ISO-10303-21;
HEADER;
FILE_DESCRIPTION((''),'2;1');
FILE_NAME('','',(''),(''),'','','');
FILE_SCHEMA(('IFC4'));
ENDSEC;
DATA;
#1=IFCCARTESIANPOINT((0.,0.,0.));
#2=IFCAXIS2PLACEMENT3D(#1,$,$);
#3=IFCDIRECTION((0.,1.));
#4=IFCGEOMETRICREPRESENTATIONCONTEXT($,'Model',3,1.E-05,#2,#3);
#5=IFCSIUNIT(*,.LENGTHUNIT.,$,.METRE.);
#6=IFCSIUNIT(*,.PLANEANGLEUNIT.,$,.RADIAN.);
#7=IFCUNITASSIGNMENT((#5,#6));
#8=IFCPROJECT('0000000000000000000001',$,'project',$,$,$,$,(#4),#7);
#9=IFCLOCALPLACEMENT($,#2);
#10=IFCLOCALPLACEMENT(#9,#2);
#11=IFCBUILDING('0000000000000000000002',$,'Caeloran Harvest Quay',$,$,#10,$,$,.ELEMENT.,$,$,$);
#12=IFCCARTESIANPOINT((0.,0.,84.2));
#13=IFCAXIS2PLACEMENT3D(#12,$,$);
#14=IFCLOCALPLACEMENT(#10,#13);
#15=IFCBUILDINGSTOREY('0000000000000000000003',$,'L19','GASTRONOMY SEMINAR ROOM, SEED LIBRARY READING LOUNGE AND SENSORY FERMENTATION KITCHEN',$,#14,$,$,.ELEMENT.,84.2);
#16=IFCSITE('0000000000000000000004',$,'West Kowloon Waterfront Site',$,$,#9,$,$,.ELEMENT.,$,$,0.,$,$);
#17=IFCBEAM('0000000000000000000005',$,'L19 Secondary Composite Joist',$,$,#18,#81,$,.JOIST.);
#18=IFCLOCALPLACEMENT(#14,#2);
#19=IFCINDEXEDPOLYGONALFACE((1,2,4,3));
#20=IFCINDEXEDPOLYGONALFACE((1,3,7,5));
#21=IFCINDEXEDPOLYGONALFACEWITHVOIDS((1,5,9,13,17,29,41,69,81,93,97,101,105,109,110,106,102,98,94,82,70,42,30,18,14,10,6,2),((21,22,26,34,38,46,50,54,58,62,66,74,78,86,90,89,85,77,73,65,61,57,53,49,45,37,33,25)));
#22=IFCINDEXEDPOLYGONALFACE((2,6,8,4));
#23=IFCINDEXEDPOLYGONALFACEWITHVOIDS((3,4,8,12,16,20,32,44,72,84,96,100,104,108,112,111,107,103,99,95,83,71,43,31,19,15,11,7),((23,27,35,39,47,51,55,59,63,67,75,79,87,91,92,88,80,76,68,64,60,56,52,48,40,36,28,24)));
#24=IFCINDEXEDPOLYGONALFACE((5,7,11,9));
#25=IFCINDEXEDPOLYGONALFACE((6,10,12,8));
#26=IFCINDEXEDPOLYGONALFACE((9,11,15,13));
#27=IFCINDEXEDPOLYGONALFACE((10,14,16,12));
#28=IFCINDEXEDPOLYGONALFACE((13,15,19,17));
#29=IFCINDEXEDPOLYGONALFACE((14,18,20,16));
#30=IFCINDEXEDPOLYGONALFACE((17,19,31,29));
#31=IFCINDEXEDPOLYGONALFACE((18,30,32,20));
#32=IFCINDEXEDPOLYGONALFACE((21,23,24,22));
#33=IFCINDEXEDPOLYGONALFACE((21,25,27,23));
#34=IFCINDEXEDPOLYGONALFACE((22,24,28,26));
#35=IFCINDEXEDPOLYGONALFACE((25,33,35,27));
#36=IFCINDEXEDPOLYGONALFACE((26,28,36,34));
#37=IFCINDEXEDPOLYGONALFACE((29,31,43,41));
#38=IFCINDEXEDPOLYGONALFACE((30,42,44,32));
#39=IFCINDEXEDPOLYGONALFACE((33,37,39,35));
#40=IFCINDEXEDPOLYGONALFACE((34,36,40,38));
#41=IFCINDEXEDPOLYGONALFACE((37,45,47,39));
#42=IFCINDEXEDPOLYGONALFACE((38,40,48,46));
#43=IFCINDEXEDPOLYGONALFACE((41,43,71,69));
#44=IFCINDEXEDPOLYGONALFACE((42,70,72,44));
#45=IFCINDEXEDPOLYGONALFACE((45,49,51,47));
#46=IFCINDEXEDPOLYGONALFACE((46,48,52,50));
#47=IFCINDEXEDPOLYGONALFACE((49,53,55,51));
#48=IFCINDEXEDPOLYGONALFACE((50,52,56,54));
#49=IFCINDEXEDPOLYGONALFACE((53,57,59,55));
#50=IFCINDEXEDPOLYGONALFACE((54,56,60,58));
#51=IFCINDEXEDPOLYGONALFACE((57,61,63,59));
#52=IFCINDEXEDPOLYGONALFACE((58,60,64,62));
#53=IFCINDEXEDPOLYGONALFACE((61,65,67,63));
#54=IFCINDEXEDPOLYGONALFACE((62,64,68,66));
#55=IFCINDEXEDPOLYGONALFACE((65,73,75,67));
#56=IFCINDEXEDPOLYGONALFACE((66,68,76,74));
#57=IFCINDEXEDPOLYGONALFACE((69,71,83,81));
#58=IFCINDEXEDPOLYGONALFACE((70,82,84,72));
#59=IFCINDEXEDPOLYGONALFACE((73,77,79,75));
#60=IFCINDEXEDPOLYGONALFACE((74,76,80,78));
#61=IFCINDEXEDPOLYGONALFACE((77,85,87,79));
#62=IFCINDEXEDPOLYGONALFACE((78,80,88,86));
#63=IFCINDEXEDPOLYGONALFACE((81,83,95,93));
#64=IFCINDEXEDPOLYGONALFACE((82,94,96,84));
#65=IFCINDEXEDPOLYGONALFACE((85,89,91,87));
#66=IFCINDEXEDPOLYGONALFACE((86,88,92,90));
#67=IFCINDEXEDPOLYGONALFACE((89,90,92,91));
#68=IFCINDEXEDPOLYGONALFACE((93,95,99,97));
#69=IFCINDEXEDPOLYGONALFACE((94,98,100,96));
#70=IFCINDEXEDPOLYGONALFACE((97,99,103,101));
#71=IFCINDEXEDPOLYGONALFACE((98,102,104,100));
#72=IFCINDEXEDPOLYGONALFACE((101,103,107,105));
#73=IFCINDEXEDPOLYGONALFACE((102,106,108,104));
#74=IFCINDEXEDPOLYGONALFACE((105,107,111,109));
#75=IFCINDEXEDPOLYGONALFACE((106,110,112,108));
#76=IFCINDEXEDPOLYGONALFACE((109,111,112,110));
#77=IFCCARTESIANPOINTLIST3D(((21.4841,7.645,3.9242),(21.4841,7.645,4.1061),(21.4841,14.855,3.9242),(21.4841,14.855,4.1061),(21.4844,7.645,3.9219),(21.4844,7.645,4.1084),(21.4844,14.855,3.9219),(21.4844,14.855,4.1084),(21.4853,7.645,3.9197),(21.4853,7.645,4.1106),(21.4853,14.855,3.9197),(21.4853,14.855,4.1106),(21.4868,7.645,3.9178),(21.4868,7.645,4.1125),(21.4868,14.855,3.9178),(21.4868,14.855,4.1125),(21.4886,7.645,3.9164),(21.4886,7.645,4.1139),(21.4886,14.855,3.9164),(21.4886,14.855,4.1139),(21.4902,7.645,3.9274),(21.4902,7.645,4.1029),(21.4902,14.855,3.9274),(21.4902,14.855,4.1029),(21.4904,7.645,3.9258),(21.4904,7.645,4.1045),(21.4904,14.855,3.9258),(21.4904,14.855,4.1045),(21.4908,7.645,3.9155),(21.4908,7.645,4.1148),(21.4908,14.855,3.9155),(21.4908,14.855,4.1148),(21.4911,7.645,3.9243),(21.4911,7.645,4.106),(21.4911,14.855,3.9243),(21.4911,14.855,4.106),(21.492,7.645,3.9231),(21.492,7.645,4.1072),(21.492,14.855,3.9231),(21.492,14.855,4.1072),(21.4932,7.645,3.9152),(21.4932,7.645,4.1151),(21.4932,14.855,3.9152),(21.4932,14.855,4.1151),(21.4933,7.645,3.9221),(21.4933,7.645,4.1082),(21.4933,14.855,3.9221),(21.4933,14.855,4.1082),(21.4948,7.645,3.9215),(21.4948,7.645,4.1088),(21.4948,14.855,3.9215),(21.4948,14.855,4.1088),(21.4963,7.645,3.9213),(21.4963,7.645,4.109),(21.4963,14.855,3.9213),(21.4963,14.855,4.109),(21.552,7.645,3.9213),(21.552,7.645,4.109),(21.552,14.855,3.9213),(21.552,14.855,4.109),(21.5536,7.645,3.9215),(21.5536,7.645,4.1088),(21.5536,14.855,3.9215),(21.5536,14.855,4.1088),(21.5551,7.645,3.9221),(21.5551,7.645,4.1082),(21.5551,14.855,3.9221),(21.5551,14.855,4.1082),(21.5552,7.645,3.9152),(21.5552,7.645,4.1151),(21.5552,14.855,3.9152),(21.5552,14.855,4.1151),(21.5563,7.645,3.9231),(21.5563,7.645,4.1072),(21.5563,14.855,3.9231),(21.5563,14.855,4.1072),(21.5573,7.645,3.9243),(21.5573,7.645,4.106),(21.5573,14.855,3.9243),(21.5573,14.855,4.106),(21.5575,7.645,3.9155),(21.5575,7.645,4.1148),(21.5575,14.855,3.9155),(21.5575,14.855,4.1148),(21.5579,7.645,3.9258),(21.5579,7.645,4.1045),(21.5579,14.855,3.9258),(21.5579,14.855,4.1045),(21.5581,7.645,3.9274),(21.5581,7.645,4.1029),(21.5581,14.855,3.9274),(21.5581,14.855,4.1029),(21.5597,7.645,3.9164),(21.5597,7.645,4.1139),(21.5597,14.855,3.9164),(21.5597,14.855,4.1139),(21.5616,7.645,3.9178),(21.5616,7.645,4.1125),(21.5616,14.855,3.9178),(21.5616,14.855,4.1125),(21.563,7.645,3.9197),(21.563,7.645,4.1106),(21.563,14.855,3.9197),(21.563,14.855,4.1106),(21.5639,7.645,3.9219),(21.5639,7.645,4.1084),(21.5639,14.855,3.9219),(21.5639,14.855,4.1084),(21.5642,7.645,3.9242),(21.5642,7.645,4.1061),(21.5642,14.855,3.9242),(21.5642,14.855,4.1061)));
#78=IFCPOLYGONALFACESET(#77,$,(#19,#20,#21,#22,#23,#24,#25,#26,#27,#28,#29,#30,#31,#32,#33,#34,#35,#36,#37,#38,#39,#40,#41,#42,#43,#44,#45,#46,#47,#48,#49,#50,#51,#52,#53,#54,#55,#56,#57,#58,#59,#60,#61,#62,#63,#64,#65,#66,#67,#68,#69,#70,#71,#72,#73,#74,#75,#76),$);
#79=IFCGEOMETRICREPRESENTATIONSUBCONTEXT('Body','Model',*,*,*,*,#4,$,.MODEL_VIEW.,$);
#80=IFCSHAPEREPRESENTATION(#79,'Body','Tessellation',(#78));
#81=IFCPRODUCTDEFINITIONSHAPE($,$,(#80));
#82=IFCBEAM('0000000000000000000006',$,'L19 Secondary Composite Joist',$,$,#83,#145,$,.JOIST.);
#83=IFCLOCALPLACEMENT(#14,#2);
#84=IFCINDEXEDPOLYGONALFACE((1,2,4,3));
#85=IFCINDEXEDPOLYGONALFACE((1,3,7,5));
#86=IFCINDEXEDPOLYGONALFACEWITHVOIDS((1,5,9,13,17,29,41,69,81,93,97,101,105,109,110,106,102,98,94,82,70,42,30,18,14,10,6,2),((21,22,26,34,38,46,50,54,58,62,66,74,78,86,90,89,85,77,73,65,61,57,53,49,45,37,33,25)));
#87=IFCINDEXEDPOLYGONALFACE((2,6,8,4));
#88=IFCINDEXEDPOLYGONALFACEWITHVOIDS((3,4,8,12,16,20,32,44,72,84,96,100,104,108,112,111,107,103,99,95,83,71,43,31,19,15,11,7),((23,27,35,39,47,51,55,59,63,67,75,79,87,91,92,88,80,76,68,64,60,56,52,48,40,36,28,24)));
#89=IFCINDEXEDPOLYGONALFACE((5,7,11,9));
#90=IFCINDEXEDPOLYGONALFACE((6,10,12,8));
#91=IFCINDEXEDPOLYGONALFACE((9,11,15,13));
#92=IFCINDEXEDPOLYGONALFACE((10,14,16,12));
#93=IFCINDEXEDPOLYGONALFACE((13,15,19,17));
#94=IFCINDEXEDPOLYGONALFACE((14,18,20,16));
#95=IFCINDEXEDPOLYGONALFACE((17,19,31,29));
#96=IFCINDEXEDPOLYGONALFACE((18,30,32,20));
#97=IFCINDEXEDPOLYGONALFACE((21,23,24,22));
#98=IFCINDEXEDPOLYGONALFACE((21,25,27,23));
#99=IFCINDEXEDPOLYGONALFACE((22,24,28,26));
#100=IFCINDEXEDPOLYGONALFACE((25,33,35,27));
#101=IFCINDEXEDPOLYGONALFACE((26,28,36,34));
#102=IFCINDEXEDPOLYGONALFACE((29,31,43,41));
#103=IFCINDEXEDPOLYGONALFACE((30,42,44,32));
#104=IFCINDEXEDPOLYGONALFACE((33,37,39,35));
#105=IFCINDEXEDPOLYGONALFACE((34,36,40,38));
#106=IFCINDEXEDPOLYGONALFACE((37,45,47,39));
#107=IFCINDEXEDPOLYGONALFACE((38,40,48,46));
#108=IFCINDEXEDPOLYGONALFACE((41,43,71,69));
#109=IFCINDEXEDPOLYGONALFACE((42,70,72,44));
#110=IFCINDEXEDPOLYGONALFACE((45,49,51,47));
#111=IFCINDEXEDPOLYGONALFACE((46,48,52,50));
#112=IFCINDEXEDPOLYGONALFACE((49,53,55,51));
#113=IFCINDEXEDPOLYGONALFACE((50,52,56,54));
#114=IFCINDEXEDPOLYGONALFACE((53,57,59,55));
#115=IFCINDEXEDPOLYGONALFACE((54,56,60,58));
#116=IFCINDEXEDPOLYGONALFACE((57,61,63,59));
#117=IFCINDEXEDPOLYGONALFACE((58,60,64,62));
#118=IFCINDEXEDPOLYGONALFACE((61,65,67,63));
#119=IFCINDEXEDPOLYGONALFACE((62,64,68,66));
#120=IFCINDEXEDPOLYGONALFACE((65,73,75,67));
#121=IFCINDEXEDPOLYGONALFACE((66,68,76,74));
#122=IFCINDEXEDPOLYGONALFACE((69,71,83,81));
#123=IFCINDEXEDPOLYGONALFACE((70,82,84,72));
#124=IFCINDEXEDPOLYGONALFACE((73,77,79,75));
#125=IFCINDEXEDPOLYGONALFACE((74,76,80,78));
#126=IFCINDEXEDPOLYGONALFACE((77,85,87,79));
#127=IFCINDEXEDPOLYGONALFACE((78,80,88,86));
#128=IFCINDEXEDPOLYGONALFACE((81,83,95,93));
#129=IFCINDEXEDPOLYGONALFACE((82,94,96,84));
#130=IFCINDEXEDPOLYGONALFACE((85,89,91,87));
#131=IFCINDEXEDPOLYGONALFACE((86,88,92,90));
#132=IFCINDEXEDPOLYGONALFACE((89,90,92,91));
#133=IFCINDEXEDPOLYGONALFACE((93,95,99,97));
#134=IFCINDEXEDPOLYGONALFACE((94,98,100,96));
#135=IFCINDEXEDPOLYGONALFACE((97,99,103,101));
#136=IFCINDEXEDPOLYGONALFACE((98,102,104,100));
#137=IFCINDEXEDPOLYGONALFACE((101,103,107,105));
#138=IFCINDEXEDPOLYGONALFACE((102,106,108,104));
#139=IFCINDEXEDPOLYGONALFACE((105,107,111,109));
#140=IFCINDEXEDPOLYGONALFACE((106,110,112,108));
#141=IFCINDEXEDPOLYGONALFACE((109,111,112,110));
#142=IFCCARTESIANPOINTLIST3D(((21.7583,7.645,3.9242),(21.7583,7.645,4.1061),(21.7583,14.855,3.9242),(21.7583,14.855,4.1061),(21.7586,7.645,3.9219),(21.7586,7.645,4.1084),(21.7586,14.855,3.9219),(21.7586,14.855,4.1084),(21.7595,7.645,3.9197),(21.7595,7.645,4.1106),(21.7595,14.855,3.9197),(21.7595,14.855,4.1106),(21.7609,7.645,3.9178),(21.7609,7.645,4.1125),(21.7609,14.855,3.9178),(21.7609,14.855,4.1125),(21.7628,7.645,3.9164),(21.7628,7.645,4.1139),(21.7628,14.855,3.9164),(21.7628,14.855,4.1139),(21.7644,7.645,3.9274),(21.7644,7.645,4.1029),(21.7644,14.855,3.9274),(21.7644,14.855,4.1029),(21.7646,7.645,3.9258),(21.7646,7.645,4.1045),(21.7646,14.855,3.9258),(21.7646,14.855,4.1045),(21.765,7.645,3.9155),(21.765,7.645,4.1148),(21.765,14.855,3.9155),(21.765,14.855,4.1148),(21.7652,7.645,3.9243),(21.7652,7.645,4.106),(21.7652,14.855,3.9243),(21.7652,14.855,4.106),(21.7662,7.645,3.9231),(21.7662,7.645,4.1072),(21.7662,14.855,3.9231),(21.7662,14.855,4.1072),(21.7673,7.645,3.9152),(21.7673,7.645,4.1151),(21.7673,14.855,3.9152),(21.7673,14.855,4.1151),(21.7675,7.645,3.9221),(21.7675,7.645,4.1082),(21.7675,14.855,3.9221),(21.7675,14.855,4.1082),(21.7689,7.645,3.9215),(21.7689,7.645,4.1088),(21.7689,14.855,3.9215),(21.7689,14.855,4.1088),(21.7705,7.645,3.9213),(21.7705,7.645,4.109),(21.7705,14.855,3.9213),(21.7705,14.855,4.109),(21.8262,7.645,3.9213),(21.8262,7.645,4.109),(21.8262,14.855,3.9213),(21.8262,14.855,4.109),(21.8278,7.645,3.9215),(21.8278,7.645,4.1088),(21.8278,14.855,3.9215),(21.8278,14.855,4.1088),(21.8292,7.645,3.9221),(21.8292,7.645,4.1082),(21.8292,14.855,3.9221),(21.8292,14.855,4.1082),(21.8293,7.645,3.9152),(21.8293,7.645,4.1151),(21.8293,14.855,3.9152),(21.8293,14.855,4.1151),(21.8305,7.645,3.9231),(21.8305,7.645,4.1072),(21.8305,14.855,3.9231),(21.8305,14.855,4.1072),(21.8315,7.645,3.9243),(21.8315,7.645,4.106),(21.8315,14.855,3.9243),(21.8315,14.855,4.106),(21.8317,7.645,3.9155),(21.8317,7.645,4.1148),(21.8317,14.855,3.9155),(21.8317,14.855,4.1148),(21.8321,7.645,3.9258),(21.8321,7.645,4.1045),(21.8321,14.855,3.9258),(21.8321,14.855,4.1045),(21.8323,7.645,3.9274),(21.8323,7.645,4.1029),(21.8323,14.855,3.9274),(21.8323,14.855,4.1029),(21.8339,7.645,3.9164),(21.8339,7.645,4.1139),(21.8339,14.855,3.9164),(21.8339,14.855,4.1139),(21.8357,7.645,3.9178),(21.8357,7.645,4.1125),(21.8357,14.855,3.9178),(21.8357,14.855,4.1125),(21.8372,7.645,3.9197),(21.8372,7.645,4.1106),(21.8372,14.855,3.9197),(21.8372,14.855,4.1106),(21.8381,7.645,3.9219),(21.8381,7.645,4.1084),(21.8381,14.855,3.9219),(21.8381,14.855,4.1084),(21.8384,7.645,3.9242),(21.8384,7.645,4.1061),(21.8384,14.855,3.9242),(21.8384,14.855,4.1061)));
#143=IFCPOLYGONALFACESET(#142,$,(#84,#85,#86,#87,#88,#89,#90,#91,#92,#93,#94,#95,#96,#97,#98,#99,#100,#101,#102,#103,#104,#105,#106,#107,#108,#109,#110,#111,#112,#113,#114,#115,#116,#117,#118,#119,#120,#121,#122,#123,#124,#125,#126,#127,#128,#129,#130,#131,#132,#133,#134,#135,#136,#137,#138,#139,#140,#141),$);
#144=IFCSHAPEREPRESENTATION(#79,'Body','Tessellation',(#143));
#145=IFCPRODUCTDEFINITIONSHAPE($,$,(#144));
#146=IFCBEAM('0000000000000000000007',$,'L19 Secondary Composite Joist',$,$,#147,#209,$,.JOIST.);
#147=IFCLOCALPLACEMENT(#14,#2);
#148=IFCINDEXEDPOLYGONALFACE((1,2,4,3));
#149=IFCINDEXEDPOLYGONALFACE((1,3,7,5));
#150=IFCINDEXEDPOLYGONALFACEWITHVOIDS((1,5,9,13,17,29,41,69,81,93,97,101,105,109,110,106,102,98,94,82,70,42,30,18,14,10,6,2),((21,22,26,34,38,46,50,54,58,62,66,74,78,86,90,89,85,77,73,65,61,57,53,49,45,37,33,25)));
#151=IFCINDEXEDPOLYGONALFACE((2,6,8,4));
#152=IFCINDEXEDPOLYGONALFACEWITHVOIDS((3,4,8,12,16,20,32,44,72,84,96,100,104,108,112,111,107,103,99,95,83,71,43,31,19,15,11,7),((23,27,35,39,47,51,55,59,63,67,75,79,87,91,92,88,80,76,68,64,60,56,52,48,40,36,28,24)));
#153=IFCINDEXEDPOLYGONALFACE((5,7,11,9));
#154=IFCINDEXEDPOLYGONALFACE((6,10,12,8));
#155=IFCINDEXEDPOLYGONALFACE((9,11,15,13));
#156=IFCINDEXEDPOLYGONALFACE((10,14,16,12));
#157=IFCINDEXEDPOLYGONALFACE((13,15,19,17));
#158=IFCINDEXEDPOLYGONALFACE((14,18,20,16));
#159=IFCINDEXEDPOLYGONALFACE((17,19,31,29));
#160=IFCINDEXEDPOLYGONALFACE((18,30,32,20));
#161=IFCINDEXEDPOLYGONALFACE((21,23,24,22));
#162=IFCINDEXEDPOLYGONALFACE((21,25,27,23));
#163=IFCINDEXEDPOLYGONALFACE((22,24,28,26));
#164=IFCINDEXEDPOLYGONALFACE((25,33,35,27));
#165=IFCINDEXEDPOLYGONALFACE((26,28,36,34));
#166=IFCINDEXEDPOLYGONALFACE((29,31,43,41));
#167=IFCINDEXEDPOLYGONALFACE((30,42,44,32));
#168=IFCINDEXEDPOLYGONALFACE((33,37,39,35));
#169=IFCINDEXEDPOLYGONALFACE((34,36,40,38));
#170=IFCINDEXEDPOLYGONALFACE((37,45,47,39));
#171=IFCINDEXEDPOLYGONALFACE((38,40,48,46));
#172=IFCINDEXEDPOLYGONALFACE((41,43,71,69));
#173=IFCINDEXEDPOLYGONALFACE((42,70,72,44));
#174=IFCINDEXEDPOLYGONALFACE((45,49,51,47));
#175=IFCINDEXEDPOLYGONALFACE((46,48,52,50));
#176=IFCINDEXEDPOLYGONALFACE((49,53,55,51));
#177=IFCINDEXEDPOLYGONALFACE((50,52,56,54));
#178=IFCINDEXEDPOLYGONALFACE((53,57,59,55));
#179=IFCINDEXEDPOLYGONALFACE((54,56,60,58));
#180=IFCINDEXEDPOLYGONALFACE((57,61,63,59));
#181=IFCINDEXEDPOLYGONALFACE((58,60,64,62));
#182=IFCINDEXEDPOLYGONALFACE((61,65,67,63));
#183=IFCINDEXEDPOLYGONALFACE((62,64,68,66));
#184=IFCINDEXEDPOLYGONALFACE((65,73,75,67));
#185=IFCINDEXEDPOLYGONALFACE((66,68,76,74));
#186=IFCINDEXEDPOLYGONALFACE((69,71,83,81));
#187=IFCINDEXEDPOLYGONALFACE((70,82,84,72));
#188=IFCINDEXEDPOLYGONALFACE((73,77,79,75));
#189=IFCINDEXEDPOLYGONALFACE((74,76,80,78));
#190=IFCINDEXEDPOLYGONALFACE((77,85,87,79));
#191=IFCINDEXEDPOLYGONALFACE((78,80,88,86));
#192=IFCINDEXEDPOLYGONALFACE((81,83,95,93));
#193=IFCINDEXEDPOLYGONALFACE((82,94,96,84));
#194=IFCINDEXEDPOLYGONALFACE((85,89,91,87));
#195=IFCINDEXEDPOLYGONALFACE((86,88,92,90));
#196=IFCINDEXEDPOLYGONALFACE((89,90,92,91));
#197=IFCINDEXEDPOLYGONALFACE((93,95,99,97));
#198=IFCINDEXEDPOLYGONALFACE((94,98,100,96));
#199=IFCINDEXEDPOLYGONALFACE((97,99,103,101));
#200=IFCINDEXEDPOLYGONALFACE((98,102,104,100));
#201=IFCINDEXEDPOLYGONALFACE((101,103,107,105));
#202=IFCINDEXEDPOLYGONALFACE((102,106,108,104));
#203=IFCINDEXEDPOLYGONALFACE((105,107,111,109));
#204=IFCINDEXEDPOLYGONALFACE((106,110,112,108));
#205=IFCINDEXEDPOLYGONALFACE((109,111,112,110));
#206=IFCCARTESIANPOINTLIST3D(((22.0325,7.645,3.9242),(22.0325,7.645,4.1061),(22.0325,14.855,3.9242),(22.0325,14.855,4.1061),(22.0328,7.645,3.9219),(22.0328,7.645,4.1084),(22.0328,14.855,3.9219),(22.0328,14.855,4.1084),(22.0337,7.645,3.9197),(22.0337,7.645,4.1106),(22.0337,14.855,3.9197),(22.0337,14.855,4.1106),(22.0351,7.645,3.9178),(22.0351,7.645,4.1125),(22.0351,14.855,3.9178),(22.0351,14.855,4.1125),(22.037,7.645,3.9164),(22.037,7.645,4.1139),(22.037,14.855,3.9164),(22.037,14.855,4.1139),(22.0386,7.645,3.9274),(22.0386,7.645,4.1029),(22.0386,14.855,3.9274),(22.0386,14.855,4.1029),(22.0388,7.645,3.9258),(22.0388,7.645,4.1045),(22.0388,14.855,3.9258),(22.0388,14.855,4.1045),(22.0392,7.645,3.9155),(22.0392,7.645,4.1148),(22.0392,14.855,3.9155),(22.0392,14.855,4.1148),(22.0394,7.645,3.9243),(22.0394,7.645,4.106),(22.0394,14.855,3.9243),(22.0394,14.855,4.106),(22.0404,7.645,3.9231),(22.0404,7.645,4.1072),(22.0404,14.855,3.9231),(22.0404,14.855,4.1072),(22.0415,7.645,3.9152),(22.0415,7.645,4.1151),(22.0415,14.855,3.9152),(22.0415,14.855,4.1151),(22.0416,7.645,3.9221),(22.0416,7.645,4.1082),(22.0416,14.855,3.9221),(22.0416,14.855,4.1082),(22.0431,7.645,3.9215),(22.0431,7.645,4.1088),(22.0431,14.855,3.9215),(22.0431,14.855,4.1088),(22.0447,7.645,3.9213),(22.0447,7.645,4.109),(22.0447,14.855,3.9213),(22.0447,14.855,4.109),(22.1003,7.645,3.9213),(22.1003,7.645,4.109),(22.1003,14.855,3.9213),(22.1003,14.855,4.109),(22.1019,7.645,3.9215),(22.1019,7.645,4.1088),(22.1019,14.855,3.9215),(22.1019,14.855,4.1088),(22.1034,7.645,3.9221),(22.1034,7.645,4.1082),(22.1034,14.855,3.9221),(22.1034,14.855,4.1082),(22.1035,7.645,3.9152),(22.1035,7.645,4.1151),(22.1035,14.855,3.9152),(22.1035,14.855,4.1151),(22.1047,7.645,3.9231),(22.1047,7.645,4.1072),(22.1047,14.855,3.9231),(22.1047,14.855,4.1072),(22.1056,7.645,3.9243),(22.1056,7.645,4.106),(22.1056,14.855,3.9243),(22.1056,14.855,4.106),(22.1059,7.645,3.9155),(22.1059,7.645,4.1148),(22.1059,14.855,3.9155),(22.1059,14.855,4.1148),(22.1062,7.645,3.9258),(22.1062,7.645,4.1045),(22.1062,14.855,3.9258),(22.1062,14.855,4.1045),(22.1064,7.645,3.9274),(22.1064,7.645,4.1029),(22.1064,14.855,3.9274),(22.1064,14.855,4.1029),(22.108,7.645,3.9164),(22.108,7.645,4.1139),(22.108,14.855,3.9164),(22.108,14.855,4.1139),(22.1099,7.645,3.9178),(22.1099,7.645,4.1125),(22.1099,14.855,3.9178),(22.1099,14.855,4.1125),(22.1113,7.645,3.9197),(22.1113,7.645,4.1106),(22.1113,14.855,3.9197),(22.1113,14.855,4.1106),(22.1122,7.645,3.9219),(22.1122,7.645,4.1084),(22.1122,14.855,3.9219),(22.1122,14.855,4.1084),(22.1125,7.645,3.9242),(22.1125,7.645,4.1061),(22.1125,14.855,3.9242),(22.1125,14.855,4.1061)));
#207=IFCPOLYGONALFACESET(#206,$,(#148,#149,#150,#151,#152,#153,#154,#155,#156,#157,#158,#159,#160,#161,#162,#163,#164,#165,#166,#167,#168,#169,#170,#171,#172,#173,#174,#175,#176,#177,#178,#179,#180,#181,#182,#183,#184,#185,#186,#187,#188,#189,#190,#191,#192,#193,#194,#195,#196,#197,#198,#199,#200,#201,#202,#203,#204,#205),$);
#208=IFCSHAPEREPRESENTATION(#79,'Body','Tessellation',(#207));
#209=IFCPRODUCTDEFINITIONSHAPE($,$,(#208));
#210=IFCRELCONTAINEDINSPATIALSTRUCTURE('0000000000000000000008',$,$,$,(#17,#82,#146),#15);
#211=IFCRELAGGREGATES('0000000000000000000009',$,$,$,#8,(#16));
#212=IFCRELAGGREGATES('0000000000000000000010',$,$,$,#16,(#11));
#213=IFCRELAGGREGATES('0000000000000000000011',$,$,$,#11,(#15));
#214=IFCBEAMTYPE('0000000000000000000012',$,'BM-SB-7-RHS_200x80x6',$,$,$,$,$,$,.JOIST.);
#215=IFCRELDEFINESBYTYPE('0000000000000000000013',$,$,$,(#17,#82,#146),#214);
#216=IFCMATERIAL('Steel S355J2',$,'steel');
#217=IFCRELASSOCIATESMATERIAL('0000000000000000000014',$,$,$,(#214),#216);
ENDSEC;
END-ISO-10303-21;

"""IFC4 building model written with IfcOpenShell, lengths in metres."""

from ifc_helpers import new_model, si_unit, direction, frame, origin, origin_2d, place, context, subcontext, project, spatial, hollow_rectangle, extrude, material, material_profile, profile_set, type_object, element, save


model = new_model("IFC4")

# Units and contexts
model_context = context("Model", 3, precision=1e-05, world=origin(), true_north=direction((0.0, 1.0)))
body_context = subcontext(model_context, "Body", "Model", "MODEL_VIEW")
ifc_project = project(units=[si_unit("LENGTHUNIT", "METRE"), si_unit("PLANEANGLEUNIT", "RADIAN")], contexts=[model_context])

# Site, building, storey
site_placement = place(None, origin())
site = spatial("IfcSite", under=ifc_project, at=site_placement, Name="West Kowloon Waterfront Site", CompositionType="ELEMENT", RefElevation=0.0)
building_placement = place(site_placement, origin())
building = spatial("IfcBuilding", under=site, at=building_placement, Name="Caeloran Harvest Quay", CompositionType="ELEMENT")
storey_placement = place(building_placement, frame((0.0, 0.0, 84.2)))
storey = spatial("IfcBuildingStorey", under=building, at=storey_placement, Name="L19", Description="GASTRONOMY SEMINAR ROOM, SEED LIBRARY READING LOUNGE AND SENSORY FERMENTATION KITCHEN", CompositionType="ELEMENT", Elevation=84.2)

# Beams
ifc_material_1 = material(Name="Steel S355J2", Category="steel")
ifc_material_profile_1 = material_profile(ifc_material_1, hollow_rectangle(XDim=0.0801, YDim=0.2, WallThickness=0.0061, InnerFilletRadius=0.0061, OuterFilletRadius=0.009, at=origin_2d()), Name="RHS 200x80x6")
ifc_profile_set_1 = profile_set([ifc_material_profile_1], Name="Steel S355J2")
beam_type_1 = type_object("IfcBeamType", Name="BM-SB-7-RHS_200x80x6", PredefinedType="JOIST", material=ifc_profile_set_1)
for number, where, z_axis, x_axis, name in (
    (1, (21.5242, 7.645, 4.0151), (0.0, 1.0, 0.0), (-1.0, 0.0, 0.0), "L19 Secondary Composite Joist"),
    (2, (21.7983, 7.645, 4.0151), (0.0, 1.0, 0.0), (-1.0, 0.0, 0.0), "L19 Secondary Composite Joist"),
    (3, (22.0725, 7.645, 4.0151), (0.0, 1.0, 0.0), (-1.0, 0.0, 0.0), "L19 Secondary Composite Joist"),
):
    element("IfcBeam", number, at=place(storey_placement, frame(where, z_axis=z_axis, x_axis=x_axis)), inside=storey, type_object=beam_type_1, Name=name, PredefinedType="JOIST", context=body_context, shape_type="SweptSolid", body=[
        extrude(hollow_rectangle(XDim=0.0801, YDim=0.2, WallThickness=0.0061, InnerFilletRadius=0.0061, OuterFilletRadius=0.009, at=origin_2d()), origin(), (0.0, 0.0, 1.0), 7.21),
    ])

save(model, "model.ifc")
